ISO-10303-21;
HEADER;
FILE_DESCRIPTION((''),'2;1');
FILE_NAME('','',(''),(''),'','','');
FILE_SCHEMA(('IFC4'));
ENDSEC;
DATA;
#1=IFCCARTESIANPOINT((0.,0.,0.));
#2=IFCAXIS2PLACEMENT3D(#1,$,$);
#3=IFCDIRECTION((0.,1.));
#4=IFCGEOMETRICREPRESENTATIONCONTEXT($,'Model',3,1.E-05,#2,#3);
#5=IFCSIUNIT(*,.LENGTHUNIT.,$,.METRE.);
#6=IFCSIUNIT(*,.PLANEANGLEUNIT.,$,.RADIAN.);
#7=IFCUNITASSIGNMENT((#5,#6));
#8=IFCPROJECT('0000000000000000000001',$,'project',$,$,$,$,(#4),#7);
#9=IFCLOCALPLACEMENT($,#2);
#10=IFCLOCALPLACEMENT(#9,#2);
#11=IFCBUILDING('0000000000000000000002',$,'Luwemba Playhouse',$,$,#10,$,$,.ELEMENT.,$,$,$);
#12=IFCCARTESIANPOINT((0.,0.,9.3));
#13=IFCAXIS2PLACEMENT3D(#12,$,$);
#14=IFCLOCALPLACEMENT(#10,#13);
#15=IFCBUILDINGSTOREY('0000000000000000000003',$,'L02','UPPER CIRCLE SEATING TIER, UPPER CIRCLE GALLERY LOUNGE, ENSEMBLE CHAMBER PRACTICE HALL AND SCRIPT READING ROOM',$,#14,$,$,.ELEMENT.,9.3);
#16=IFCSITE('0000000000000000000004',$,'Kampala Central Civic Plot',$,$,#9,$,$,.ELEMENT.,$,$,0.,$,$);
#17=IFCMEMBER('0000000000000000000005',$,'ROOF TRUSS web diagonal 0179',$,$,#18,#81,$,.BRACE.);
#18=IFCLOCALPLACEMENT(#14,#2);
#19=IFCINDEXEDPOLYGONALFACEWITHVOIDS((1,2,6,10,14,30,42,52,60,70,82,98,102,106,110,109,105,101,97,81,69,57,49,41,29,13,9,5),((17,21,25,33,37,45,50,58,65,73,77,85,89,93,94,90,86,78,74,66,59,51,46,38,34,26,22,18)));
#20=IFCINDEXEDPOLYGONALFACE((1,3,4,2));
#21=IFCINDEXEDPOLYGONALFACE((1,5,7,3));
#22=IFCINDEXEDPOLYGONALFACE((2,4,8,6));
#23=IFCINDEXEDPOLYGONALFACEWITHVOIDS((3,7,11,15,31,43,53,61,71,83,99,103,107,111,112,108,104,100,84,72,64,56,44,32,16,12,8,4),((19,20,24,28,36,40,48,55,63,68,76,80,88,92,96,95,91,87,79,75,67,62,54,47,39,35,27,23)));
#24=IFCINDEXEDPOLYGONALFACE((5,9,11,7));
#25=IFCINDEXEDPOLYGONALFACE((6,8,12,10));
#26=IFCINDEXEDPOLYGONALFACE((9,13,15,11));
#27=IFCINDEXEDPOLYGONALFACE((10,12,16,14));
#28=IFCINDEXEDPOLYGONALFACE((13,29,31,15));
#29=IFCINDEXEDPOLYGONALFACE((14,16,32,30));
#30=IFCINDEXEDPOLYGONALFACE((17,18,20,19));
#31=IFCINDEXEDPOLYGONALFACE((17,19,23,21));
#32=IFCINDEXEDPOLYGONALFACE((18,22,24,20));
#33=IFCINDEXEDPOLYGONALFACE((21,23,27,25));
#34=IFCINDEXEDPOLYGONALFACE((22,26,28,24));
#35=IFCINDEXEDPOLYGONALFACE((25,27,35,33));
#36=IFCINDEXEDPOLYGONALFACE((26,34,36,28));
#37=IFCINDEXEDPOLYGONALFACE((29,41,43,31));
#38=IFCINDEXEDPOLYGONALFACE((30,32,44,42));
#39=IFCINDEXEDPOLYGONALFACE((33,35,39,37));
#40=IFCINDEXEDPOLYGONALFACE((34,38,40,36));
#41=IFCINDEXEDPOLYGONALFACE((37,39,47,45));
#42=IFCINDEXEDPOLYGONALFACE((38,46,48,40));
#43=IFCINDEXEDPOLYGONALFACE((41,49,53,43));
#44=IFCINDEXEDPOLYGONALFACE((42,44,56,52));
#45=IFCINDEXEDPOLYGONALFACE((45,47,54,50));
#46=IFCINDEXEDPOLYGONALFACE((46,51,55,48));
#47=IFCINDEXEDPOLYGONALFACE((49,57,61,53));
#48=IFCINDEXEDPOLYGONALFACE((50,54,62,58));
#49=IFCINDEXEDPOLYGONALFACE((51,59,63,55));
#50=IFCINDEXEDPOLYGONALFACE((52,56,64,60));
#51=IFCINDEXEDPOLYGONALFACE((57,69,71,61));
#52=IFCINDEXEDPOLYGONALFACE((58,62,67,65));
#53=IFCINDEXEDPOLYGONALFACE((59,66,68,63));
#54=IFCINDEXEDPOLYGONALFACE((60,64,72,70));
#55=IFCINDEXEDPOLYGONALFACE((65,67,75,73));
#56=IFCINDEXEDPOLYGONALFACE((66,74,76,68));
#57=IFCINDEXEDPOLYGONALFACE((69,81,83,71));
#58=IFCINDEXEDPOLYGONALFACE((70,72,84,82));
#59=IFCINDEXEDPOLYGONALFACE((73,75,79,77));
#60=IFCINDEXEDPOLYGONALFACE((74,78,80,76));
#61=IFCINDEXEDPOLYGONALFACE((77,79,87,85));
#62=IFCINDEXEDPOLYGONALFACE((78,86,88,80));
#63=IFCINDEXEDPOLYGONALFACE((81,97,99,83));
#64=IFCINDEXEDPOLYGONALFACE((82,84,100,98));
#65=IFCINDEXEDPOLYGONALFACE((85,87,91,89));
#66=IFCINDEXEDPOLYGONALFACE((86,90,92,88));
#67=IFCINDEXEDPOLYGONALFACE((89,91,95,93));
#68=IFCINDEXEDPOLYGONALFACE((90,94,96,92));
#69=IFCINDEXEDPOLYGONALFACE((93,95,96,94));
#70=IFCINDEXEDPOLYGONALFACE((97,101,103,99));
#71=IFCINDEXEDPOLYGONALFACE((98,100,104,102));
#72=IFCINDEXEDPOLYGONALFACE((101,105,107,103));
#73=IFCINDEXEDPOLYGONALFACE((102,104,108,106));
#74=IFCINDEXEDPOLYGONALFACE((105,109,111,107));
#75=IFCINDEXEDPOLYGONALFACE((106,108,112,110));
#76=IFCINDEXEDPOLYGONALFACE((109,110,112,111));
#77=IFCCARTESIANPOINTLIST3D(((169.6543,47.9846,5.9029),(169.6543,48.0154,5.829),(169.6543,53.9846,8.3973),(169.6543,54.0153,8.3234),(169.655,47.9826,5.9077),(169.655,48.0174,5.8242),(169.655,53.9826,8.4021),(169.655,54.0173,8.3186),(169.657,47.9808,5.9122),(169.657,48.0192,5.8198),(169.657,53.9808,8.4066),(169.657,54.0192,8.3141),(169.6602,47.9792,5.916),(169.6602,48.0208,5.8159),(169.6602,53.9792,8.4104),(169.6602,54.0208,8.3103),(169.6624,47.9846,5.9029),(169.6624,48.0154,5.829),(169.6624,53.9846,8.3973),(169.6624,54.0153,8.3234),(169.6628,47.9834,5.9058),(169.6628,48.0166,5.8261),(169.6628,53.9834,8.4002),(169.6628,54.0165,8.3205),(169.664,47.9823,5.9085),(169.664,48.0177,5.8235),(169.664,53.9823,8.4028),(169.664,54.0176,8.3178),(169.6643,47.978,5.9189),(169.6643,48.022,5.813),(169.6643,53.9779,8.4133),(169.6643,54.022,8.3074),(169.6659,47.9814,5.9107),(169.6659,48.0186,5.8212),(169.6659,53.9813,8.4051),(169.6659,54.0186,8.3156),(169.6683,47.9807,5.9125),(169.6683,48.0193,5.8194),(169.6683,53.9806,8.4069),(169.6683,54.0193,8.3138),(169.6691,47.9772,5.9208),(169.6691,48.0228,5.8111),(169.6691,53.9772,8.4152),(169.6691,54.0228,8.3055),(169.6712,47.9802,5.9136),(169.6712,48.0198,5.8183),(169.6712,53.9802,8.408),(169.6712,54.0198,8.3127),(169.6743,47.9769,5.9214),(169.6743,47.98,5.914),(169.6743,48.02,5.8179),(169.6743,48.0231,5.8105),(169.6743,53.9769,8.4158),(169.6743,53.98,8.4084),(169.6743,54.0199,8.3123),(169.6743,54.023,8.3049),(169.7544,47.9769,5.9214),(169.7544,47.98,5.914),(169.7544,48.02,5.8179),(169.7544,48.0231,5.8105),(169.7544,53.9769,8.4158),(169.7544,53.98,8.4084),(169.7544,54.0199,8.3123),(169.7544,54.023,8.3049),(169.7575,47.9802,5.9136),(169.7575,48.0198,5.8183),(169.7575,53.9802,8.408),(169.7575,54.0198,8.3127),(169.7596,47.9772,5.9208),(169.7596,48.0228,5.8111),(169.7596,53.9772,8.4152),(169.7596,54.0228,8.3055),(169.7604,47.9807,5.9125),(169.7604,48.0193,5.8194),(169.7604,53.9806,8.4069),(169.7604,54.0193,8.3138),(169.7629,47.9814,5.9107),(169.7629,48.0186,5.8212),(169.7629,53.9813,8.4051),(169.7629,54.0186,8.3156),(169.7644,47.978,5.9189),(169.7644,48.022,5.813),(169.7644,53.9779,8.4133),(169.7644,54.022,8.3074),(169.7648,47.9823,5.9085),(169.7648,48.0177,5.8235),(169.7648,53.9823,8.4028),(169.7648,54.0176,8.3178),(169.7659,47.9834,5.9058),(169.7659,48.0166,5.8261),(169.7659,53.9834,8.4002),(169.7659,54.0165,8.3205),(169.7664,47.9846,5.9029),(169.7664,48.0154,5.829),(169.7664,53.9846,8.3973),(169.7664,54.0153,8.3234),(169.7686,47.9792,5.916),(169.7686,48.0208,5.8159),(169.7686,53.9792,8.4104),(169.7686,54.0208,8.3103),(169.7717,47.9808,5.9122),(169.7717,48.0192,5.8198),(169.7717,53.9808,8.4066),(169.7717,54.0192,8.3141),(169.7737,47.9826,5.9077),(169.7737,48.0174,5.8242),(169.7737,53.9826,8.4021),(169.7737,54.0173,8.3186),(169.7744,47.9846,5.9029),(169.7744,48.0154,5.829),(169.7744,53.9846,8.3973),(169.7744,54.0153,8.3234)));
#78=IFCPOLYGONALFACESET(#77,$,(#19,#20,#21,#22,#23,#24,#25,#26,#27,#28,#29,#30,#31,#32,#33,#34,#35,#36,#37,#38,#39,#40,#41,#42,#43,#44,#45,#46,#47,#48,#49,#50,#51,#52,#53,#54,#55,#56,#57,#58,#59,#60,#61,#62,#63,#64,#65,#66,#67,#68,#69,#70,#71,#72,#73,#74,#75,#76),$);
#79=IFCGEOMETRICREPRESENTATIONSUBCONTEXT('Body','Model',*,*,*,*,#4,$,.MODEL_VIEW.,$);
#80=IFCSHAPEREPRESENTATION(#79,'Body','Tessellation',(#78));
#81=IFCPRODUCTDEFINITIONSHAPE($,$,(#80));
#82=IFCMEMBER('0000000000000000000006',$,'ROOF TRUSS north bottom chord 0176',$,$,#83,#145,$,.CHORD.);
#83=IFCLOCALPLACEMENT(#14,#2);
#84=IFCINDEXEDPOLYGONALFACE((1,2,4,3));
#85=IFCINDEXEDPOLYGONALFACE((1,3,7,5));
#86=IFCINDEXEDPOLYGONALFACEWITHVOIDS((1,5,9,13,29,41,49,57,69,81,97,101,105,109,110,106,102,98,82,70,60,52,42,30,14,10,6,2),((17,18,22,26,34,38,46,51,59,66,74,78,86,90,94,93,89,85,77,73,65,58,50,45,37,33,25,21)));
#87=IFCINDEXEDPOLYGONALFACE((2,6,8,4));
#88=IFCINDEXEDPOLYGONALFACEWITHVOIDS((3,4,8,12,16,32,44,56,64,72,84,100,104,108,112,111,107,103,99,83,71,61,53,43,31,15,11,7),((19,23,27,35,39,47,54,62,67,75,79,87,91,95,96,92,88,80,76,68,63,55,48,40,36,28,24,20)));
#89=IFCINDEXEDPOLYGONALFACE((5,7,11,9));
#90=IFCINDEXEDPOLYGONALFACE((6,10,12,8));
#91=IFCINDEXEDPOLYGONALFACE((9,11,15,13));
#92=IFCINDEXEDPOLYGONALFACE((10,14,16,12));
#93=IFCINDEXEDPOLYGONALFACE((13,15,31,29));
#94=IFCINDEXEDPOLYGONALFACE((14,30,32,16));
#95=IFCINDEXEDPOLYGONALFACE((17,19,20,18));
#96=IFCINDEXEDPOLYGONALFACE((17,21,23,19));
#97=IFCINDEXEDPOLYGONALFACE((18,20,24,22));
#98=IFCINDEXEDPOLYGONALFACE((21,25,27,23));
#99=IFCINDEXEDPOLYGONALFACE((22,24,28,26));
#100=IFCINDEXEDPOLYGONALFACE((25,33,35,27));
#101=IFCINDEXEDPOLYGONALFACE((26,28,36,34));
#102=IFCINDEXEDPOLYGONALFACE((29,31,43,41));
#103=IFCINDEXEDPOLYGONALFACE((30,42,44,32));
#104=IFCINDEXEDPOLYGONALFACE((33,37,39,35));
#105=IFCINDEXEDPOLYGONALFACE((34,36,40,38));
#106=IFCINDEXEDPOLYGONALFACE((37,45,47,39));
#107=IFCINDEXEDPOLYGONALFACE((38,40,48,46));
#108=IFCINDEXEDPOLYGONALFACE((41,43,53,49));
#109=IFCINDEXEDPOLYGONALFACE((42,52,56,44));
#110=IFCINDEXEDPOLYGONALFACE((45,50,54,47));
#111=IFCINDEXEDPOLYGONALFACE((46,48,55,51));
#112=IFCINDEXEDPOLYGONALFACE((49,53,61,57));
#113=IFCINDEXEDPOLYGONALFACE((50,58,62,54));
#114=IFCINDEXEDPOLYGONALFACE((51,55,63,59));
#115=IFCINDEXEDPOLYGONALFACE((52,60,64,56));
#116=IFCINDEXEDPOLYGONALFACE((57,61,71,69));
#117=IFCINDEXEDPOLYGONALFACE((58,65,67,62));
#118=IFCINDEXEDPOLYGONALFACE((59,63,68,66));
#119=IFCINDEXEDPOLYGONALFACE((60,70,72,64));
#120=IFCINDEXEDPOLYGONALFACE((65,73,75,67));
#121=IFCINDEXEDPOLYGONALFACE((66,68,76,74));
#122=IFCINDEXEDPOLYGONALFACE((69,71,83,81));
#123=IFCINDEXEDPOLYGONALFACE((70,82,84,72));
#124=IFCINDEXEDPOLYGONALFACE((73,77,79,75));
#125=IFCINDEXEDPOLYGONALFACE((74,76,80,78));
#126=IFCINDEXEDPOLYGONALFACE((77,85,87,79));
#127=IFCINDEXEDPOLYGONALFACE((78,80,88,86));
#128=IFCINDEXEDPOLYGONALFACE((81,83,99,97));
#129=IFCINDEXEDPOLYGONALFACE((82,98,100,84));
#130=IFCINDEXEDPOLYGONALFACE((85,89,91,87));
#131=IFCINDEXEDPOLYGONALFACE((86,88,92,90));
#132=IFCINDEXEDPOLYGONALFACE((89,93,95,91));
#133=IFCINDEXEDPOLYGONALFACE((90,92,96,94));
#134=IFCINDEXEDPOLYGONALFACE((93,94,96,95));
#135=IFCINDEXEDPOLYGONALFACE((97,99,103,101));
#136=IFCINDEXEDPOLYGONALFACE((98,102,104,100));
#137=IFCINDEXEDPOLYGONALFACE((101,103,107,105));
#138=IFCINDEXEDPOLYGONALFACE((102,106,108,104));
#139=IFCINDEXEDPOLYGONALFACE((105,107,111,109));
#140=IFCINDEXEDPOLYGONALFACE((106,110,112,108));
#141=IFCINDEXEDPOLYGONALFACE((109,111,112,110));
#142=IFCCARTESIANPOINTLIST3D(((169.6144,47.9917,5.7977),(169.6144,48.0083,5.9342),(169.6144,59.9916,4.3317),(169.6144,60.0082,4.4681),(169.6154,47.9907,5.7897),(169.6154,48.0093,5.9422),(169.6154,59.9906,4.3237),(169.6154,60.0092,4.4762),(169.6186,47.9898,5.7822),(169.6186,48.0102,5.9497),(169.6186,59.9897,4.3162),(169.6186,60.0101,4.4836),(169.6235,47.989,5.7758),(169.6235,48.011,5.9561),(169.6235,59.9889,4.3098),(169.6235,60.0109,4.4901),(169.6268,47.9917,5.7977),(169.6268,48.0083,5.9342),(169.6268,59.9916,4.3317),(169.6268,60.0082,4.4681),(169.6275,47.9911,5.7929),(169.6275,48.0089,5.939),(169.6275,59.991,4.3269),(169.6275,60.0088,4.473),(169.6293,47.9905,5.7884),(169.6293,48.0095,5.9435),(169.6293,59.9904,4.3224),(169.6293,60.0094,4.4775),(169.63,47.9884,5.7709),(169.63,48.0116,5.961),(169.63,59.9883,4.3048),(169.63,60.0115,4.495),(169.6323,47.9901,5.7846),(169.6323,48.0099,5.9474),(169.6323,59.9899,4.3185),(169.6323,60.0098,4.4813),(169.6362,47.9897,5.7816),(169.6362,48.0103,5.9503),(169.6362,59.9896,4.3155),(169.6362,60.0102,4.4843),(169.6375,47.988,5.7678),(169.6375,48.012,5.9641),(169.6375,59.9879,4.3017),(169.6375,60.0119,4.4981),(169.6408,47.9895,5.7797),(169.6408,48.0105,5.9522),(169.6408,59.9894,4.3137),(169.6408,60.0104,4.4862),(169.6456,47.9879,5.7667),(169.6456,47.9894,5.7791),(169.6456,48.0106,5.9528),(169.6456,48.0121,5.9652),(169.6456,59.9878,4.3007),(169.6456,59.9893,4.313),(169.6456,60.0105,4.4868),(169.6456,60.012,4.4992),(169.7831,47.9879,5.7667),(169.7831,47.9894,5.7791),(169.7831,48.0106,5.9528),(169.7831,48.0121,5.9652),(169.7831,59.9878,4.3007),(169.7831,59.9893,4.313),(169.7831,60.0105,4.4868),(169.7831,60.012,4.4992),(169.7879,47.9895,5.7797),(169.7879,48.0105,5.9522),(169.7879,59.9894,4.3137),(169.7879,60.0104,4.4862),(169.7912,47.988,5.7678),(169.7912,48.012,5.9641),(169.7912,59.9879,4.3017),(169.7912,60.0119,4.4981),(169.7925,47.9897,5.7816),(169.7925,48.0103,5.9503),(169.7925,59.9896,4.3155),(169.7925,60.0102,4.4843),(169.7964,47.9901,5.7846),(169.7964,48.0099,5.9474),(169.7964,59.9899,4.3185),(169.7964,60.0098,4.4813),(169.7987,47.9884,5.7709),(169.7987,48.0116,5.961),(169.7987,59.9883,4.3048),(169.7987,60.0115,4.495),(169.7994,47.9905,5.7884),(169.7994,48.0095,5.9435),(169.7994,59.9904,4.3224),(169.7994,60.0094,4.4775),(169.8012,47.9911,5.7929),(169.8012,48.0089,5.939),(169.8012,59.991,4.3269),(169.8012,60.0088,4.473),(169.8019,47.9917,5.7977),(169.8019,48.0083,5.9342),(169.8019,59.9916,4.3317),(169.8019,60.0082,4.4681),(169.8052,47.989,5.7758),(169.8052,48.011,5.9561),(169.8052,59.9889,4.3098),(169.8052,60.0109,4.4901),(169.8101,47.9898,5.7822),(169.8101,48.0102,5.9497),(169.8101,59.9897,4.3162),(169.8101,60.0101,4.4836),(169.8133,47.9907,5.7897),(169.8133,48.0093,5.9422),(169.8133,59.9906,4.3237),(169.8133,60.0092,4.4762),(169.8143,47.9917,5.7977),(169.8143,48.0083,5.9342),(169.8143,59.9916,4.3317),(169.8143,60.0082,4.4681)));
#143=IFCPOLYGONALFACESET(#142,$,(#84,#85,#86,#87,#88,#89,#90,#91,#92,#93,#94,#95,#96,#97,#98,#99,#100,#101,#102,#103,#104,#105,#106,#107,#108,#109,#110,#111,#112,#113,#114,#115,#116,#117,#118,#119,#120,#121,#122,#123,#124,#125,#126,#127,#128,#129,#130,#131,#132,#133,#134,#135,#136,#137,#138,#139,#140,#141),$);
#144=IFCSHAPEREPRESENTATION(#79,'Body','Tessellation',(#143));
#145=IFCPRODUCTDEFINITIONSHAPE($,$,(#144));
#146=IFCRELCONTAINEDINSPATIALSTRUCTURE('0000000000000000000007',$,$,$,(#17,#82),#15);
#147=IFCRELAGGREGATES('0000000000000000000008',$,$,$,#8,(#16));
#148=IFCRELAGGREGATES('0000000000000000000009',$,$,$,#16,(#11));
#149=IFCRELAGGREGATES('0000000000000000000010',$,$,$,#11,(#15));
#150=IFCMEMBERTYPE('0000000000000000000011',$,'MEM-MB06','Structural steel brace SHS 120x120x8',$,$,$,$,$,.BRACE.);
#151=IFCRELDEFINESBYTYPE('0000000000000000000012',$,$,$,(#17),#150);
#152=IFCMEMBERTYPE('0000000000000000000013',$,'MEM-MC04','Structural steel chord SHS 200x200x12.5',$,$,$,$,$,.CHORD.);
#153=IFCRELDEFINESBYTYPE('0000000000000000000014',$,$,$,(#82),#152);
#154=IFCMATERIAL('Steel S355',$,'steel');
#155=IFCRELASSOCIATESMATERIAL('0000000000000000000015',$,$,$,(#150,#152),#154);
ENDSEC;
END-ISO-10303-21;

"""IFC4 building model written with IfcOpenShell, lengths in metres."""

from ifc_helpers import new_model, si_unit, direction, frame, origin, origin_2d, place, context, subcontext, project, spatial, hollow_rectangle, extrude, material, material_profile, profile_set, type_object, element, save


model = new_model("IFC4")

# Units and contexts
model_context = context("Model", 3, precision=1e-05, world=origin(), true_north=direction((0.0, 1.0)))
body_context = subcontext(model_context, "Body", "Model", "MODEL_VIEW")
ifc_project = project(units=[si_unit("LENGTHUNIT", "METRE"), si_unit("PLANEANGLEUNIT", "RADIAN")], contexts=[model_context])

# Site, building, storey
site_placement = place(None, origin())
site = spatial("IfcSite", under=ifc_project, at=site_placement, Name="Kampala Central Civic Plot", CompositionType="ELEMENT", RefElevation=0.0)
building_placement = place(site_placement, origin())
building = spatial("IfcBuilding", under=site, at=building_placement, Name="Luwemba Playhouse", CompositionType="ELEMENT")
storey_placement = place(building_placement, frame((0.0, 0.0, 9.3)))
storey = spatial("IfcBuildingStorey", under=building, at=storey_placement, Name="L02", Description="UPPER CIRCLE SEATING TIER, UPPER CIRCLE GALLERY LOUNGE, ENSEMBLE CHAMBER PRACTICE HALL AND SCRIPT READING ROOM", CompositionType="ELEMENT", Elevation=9.3)

# Shared definitions
ifc_material_1 = material(Name="Steel S355", Category="steel")

# Members
ifc_material_profile_1 = material_profile(ifc_material_1, hollow_rectangle(XDim=0.1201, YDim=0.1201, WallThickness=0.0081, InnerFilletRadius=0.012, OuterFilletRadius=0.02, at=origin_2d()))
ifc_profile_set_1 = profile_set([ifc_material_profile_1], Name="Steel S355")
member_type_1 = type_object("IfcMemberType", Name="MEM-MB06", Description="Structural steel brace SHS 120x120x8", PredefinedType="BRACE", material=ifc_profile_set_1)
for number, where, z_axis, x_axis, name in (
    (1, (169.7144, 48.0, 5.866), (0.0, 0.923383, 0.383879), (-1.0, 0.0, 0.0), "ROOF TRUSS web diagonal 0179"),
):
    element("IfcMember", number, at=place(storey_placement, frame(where, z_axis=z_axis, x_axis=x_axis)), inside=storey, type_object=member_type_1, Name=name, PredefinedType="BRACE", context=body_context, shape_type="SweptSolid", body=[
        extrude(hollow_rectangle(XDim=0.1201, YDim=0.1201, WallThickness=0.0081, InnerFilletRadius=0.012, OuterFilletRadius=0.02, at=origin_2d()), origin(), (0.0, 0.0, 1.0), 6.4978),
    ])
ifc_material_profile_2 = material_profile(ifc_material_1, hollow_rectangle(XDim=0.2, YDim=0.2, WallThickness=0.0125, InnerFilletRadius=0.0188, OuterFilletRadius=0.0312, at=origin_2d()))
ifc_profile_set_2 = profile_set([ifc_material_profile_2], Name="Steel S355")
member_type_2 = type_object("IfcMemberType", Name="MEM-MC04", Description="Structural steel chord SHS 200x200x12.5", PredefinedType="CHORD", material=ifc_profile_set_2)
member_1_placement = place(storey_placement, frame((169.7144, 48.0, 5.866), z_axis=(0.0, 0.99262, -0.12127), x_axis=(-1.0, 0.0, 0.0)))
element("IfcMember", 2, at=member_1_placement, inside=storey, type_object=member_type_2, Name="ROOF TRUSS north bottom chord 0176", PredefinedType="CHORD", context=body_context, shape_type="SweptSolid", body=[
    extrude(hollow_rectangle(XDim=0.2, YDim=0.2, WallThickness=0.0125, InnerFilletRadius=0.0188, OuterFilletRadius=0.0312, at=origin_2d()), origin(), (0.0, 0.0, 1.0), 12.0891),
])

save(model, "model.ifc")
